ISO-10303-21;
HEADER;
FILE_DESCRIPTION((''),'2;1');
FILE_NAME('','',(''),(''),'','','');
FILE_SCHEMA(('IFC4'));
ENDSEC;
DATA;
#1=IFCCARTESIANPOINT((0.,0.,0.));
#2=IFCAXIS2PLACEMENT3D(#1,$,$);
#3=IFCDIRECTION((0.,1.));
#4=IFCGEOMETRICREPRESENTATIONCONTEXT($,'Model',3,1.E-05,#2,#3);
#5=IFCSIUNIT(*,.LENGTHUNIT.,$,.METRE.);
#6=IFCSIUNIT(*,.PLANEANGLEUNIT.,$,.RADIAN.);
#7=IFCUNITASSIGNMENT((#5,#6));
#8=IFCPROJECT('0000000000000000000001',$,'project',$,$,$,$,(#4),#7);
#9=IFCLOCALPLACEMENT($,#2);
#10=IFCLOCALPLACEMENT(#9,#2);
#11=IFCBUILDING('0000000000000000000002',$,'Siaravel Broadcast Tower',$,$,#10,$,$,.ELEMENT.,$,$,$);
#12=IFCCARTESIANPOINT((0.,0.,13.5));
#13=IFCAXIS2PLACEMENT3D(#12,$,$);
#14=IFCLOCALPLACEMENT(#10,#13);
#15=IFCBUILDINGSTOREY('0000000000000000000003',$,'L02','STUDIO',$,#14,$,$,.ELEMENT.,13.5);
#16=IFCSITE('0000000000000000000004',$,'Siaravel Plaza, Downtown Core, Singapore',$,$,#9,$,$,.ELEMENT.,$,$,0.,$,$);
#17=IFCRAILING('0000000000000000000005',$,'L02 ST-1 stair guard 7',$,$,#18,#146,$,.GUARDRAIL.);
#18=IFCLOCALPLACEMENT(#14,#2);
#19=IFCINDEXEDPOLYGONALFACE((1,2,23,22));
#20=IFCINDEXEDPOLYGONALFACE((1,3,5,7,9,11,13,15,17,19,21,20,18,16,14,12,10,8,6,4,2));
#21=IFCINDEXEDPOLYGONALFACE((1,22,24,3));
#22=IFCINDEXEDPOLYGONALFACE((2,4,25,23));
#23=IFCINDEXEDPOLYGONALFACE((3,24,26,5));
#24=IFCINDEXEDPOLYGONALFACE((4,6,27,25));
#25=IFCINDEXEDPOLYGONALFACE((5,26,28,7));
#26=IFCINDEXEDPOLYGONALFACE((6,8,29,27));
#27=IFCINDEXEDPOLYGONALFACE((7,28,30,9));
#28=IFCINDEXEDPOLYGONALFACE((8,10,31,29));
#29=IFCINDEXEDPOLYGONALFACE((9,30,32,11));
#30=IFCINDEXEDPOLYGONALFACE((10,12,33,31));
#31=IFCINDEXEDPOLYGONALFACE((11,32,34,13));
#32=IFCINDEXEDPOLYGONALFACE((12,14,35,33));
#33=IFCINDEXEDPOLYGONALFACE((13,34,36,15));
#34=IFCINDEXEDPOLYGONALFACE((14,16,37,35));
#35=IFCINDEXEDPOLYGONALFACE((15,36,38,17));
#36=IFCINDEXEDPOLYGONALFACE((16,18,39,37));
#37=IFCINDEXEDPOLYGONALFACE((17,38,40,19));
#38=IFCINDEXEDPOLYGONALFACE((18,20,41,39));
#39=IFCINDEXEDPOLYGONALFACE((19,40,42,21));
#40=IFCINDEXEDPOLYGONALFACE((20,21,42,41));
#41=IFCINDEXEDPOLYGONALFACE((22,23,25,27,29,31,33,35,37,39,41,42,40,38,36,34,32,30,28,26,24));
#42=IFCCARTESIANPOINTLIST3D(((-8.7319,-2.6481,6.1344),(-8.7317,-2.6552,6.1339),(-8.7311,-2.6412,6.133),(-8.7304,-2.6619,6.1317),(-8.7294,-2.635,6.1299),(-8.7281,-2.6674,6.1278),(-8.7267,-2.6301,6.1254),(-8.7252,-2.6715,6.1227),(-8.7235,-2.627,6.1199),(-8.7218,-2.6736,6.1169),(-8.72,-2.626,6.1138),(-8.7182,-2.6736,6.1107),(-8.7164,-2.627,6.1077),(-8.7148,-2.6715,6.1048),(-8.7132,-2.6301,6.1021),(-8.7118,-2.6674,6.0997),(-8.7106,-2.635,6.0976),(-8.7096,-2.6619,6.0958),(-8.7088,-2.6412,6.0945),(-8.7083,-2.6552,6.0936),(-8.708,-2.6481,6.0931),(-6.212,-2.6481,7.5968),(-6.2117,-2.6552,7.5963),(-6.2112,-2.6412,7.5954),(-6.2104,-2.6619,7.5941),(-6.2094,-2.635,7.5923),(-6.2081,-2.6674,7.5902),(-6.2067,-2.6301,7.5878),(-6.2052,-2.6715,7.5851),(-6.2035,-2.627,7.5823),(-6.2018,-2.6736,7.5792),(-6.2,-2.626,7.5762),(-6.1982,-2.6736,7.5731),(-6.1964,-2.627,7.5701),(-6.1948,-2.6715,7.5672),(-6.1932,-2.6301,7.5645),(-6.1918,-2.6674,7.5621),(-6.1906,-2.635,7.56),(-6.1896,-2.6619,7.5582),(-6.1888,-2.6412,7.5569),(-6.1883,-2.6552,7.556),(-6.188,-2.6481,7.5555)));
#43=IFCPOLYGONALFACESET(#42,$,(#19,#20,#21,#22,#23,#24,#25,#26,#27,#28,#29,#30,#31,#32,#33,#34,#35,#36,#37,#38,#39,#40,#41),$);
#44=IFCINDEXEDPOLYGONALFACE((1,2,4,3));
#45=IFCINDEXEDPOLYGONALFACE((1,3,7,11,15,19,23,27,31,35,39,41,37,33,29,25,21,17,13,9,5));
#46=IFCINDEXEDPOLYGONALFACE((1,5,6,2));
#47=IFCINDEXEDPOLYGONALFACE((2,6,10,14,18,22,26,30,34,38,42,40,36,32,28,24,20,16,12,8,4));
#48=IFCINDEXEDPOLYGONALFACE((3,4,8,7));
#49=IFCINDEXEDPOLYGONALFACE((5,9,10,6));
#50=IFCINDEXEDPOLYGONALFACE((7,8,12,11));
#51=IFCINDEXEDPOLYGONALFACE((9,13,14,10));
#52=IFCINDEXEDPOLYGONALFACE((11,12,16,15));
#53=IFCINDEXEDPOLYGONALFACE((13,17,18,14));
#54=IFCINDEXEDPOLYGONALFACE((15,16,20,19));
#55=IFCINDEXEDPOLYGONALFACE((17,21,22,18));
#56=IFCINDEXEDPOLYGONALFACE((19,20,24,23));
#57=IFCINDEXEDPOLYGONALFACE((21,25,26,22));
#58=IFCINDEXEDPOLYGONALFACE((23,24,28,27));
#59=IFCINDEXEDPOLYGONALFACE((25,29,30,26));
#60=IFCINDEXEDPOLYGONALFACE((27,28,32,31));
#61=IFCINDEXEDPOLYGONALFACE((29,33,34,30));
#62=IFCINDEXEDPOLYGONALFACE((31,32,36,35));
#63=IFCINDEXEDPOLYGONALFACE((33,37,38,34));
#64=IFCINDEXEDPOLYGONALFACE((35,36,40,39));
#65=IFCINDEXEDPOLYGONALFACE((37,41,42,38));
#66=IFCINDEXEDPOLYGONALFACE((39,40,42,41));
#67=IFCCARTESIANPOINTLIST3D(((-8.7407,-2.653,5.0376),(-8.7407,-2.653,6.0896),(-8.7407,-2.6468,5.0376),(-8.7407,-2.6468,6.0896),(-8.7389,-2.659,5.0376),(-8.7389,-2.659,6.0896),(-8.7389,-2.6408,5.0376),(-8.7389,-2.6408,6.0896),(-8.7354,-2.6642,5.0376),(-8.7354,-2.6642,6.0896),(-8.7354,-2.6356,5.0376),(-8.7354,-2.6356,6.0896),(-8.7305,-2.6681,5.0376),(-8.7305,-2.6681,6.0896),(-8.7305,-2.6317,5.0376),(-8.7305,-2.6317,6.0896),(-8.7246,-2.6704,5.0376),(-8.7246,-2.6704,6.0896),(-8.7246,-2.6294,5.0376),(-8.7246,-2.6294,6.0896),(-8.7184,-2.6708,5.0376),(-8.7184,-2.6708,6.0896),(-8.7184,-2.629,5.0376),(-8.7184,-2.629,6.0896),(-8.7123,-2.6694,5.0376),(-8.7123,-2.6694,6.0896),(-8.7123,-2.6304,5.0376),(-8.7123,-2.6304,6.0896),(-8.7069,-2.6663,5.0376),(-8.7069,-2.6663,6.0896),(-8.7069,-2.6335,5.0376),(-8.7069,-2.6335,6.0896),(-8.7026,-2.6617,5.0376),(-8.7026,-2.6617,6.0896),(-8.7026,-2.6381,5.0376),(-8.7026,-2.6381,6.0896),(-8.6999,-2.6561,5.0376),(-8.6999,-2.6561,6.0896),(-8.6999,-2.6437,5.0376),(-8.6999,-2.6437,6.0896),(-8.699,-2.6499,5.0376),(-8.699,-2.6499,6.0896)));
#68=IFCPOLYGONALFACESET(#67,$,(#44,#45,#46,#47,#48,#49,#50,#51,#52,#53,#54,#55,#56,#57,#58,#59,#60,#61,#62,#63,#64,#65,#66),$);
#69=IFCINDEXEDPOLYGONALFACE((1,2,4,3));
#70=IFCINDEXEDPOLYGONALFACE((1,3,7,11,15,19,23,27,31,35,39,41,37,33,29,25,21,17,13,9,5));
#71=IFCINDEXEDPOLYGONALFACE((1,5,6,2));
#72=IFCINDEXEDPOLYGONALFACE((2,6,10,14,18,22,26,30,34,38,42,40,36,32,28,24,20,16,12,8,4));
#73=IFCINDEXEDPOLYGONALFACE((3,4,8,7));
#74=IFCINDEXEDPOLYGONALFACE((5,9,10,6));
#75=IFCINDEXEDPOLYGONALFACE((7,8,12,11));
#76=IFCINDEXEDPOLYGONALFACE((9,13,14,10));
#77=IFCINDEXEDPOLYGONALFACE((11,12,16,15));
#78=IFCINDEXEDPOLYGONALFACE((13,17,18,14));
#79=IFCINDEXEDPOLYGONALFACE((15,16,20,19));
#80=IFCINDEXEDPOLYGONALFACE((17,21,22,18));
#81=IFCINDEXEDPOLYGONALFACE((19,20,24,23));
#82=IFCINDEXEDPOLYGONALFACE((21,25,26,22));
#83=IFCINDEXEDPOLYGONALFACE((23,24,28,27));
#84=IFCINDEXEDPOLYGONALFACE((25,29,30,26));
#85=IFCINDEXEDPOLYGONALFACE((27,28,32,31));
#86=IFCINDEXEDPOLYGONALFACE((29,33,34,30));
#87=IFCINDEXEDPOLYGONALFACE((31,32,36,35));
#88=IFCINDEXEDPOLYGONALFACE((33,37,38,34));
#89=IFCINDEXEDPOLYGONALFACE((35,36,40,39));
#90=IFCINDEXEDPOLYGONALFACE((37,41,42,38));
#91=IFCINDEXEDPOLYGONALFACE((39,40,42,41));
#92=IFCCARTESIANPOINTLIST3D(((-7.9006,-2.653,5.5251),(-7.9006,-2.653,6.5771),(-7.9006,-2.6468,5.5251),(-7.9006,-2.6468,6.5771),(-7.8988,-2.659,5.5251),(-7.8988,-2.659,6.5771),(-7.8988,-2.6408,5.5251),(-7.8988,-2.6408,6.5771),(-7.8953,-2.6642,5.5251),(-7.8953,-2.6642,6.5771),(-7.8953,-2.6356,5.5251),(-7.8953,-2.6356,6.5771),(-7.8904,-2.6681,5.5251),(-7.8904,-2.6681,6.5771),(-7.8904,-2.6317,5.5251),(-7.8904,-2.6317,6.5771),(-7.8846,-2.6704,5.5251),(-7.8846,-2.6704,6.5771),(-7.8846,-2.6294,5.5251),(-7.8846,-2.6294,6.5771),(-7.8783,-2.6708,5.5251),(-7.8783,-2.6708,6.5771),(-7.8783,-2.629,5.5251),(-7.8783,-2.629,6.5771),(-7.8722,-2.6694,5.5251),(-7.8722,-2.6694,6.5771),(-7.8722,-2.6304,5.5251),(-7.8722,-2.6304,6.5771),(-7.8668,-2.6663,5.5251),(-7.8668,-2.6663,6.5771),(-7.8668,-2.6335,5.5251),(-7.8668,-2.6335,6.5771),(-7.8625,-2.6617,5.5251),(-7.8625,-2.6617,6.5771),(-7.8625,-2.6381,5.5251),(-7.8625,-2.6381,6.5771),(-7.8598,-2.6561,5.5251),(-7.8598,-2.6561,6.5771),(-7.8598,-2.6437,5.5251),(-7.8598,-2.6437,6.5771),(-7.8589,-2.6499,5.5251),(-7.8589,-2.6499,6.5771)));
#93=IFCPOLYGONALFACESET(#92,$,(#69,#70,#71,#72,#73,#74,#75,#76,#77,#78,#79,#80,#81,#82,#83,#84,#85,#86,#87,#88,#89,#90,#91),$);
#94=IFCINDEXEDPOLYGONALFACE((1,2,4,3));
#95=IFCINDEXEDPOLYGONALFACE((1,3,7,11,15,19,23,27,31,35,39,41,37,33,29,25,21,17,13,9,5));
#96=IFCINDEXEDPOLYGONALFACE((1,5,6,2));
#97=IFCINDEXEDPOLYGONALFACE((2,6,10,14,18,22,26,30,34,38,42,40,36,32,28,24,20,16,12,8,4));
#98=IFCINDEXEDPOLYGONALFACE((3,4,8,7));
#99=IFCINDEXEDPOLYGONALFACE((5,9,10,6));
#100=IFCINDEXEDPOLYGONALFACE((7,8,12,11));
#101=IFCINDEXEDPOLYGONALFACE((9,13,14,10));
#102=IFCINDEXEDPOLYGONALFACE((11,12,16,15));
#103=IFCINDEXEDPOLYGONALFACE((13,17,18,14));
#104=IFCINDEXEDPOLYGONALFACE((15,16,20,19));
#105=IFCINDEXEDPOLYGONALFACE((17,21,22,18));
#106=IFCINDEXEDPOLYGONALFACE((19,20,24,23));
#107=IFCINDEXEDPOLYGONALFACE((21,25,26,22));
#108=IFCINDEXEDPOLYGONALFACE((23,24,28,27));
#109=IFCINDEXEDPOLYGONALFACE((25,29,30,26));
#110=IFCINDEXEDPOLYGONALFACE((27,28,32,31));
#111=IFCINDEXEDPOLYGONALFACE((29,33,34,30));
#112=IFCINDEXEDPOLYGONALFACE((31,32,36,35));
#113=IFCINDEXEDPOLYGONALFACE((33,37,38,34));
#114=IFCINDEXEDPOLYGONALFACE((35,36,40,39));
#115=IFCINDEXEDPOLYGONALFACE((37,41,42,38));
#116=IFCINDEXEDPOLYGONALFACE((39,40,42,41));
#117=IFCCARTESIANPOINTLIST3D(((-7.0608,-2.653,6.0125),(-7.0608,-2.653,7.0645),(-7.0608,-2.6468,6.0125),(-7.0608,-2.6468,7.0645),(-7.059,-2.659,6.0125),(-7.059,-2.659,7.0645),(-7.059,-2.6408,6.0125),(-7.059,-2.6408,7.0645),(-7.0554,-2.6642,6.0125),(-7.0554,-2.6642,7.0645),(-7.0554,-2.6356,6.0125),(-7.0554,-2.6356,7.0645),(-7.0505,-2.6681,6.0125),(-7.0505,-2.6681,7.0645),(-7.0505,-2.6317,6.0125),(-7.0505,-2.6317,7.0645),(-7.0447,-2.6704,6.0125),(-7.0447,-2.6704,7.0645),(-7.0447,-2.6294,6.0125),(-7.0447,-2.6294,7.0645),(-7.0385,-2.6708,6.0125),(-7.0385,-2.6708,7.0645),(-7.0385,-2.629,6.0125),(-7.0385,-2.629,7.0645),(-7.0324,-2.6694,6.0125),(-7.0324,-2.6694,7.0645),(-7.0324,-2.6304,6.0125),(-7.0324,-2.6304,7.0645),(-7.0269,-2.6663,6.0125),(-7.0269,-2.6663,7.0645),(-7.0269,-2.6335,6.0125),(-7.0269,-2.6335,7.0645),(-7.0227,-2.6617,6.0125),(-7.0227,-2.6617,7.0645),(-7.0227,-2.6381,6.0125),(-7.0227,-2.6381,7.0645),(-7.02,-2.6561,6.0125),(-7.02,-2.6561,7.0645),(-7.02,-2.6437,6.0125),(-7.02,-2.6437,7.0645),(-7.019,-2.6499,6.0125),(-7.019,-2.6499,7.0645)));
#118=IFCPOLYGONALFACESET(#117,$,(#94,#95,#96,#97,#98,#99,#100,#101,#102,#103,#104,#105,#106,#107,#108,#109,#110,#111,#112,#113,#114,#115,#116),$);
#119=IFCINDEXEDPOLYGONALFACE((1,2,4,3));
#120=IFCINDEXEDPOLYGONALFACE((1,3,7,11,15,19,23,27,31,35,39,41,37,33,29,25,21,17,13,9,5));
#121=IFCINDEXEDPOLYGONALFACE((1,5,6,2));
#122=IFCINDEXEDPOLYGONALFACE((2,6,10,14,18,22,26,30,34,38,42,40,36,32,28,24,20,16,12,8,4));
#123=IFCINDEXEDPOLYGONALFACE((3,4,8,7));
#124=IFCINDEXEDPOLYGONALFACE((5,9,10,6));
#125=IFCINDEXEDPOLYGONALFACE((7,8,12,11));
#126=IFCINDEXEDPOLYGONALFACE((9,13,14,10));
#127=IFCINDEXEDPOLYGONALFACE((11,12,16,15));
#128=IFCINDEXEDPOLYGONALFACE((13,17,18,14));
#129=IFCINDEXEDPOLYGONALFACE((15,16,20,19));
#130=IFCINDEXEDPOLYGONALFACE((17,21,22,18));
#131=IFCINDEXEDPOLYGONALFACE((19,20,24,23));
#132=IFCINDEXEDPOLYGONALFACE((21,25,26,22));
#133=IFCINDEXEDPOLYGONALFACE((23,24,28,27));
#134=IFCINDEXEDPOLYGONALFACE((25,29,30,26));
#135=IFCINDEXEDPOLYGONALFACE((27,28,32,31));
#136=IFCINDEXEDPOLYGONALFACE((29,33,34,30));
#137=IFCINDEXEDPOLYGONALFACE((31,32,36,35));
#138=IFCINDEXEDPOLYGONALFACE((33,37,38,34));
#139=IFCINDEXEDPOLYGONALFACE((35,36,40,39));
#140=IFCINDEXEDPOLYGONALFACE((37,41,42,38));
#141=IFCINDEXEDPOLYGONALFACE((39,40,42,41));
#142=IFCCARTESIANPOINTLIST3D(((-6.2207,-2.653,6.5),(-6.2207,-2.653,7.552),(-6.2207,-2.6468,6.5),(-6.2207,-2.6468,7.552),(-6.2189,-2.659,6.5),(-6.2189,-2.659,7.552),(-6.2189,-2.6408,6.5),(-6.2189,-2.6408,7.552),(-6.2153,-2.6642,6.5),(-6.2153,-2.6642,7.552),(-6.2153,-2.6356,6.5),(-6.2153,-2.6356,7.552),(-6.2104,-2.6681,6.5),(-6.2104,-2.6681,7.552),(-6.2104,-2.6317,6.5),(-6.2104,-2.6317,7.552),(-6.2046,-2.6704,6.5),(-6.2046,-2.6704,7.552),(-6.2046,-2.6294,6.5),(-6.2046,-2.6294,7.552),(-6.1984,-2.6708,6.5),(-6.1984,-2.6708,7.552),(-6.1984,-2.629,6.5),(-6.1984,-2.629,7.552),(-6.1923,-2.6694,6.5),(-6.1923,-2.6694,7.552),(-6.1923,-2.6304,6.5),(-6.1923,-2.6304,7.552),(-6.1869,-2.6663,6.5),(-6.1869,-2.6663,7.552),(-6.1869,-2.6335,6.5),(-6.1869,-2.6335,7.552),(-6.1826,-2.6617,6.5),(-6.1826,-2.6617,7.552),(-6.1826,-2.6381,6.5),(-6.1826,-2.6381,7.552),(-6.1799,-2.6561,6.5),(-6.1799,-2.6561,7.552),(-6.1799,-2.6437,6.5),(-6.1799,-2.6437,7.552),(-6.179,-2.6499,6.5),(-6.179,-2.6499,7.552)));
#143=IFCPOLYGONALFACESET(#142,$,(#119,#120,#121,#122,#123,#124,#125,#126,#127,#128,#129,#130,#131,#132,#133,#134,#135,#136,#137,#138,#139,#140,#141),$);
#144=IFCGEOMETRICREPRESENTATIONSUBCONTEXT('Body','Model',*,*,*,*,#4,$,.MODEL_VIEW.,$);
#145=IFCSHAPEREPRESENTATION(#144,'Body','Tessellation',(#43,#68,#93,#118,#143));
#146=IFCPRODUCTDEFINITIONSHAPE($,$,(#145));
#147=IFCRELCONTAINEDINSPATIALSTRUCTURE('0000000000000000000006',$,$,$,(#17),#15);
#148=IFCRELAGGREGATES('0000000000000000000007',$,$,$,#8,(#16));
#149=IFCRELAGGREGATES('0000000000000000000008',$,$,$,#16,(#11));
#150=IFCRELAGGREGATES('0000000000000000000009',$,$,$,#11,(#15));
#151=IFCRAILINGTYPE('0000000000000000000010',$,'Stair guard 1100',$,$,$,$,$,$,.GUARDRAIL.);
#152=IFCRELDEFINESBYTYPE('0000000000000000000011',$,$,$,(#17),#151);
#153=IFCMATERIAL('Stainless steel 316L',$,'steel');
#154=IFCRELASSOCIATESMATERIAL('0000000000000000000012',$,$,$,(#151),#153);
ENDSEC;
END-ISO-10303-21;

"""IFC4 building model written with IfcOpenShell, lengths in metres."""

from ifc_helpers import new_model, si_unit, direction, frame, origin, origin_2d, place, context, subcontext, project, spatial, circle, extrude, material, type_object, element, save


model = new_model("IFC4")

# Units and contexts
model_context = context("Model", 3, precision=1e-05, world=origin(), true_north=direction((0.0, 1.0)))
body_context = subcontext(model_context, "Body", "Model", "MODEL_VIEW")
ifc_project = project(units=[si_unit("LENGTHUNIT", "METRE"), si_unit("PLANEANGLEUNIT", "RADIAN")], contexts=[model_context])

# Site, building, storey
site_placement = place(None, origin())
site = spatial("IfcSite", under=ifc_project, at=site_placement, Name="Siaravel Plaza, Downtown Core, Singapore", CompositionType="ELEMENT", RefElevation=0.0)
building_placement = place(site_placement, origin())
building = spatial("IfcBuilding", under=site, at=building_placement, Name="Siaravel Broadcast Tower", CompositionType="ELEMENT")
storey_placement = place(building_placement, frame((0.0, 0.0, 13.5)))
storey = spatial("IfcBuildingStorey", under=building, at=storey_placement, Name="L02", Description="STUDIO", CompositionType="ELEMENT", Elevation=13.5)

# Railing
ifc_material_1 = material(Name="Stainless steel 316L", Category="steel")
railing_type_1 = type_object("IfcRailingType", Name="Stair guard 1100", PredefinedType="GUARDRAIL", material=ifc_material_1)
railing_1_placement = place(storey_placement, frame((-8.72, -2.6499, 5.0376)))
element("IfcRailing", 1, at=railing_1_placement, inside=storey, type_object=railing_type_1, Name="L02 ST-1 stair guard 7", PredefinedType="GUARDRAIL", context=body_context, shape_type="SweptSolid", body=[
    extrude(circle(Radius=0.0239, at=origin_2d()), frame((0.0, 0.0, 1.0762), z_axis=(0.864913, 0.0, 0.501921), x_axis=(0.0, 1.0, 0.0)), (0.0, 0.0, 1.0), 2.9136),
    extrude(circle(Radius=0.021, at=origin_2d()), origin(), (0.0, 0.0, 1.0), 1.052),
    extrude(circle(Radius=0.021, at=origin_2d()), frame((0.8401, 0.0, 0.4875)), (0.0, 0.0, 1.0), 1.052),
    extrude(circle(Radius=0.021, at=origin_2d()), frame((1.6799, 0.0, 0.9749)), (0.0, 0.0, 1.0), 1.052),
    extrude(circle(Radius=0.021, at=origin_2d()), frame((2.52, 0.0, 1.4624)), (0.0, 0.0, 1.0), 1.052),
])

save(model, "model.ifc")
